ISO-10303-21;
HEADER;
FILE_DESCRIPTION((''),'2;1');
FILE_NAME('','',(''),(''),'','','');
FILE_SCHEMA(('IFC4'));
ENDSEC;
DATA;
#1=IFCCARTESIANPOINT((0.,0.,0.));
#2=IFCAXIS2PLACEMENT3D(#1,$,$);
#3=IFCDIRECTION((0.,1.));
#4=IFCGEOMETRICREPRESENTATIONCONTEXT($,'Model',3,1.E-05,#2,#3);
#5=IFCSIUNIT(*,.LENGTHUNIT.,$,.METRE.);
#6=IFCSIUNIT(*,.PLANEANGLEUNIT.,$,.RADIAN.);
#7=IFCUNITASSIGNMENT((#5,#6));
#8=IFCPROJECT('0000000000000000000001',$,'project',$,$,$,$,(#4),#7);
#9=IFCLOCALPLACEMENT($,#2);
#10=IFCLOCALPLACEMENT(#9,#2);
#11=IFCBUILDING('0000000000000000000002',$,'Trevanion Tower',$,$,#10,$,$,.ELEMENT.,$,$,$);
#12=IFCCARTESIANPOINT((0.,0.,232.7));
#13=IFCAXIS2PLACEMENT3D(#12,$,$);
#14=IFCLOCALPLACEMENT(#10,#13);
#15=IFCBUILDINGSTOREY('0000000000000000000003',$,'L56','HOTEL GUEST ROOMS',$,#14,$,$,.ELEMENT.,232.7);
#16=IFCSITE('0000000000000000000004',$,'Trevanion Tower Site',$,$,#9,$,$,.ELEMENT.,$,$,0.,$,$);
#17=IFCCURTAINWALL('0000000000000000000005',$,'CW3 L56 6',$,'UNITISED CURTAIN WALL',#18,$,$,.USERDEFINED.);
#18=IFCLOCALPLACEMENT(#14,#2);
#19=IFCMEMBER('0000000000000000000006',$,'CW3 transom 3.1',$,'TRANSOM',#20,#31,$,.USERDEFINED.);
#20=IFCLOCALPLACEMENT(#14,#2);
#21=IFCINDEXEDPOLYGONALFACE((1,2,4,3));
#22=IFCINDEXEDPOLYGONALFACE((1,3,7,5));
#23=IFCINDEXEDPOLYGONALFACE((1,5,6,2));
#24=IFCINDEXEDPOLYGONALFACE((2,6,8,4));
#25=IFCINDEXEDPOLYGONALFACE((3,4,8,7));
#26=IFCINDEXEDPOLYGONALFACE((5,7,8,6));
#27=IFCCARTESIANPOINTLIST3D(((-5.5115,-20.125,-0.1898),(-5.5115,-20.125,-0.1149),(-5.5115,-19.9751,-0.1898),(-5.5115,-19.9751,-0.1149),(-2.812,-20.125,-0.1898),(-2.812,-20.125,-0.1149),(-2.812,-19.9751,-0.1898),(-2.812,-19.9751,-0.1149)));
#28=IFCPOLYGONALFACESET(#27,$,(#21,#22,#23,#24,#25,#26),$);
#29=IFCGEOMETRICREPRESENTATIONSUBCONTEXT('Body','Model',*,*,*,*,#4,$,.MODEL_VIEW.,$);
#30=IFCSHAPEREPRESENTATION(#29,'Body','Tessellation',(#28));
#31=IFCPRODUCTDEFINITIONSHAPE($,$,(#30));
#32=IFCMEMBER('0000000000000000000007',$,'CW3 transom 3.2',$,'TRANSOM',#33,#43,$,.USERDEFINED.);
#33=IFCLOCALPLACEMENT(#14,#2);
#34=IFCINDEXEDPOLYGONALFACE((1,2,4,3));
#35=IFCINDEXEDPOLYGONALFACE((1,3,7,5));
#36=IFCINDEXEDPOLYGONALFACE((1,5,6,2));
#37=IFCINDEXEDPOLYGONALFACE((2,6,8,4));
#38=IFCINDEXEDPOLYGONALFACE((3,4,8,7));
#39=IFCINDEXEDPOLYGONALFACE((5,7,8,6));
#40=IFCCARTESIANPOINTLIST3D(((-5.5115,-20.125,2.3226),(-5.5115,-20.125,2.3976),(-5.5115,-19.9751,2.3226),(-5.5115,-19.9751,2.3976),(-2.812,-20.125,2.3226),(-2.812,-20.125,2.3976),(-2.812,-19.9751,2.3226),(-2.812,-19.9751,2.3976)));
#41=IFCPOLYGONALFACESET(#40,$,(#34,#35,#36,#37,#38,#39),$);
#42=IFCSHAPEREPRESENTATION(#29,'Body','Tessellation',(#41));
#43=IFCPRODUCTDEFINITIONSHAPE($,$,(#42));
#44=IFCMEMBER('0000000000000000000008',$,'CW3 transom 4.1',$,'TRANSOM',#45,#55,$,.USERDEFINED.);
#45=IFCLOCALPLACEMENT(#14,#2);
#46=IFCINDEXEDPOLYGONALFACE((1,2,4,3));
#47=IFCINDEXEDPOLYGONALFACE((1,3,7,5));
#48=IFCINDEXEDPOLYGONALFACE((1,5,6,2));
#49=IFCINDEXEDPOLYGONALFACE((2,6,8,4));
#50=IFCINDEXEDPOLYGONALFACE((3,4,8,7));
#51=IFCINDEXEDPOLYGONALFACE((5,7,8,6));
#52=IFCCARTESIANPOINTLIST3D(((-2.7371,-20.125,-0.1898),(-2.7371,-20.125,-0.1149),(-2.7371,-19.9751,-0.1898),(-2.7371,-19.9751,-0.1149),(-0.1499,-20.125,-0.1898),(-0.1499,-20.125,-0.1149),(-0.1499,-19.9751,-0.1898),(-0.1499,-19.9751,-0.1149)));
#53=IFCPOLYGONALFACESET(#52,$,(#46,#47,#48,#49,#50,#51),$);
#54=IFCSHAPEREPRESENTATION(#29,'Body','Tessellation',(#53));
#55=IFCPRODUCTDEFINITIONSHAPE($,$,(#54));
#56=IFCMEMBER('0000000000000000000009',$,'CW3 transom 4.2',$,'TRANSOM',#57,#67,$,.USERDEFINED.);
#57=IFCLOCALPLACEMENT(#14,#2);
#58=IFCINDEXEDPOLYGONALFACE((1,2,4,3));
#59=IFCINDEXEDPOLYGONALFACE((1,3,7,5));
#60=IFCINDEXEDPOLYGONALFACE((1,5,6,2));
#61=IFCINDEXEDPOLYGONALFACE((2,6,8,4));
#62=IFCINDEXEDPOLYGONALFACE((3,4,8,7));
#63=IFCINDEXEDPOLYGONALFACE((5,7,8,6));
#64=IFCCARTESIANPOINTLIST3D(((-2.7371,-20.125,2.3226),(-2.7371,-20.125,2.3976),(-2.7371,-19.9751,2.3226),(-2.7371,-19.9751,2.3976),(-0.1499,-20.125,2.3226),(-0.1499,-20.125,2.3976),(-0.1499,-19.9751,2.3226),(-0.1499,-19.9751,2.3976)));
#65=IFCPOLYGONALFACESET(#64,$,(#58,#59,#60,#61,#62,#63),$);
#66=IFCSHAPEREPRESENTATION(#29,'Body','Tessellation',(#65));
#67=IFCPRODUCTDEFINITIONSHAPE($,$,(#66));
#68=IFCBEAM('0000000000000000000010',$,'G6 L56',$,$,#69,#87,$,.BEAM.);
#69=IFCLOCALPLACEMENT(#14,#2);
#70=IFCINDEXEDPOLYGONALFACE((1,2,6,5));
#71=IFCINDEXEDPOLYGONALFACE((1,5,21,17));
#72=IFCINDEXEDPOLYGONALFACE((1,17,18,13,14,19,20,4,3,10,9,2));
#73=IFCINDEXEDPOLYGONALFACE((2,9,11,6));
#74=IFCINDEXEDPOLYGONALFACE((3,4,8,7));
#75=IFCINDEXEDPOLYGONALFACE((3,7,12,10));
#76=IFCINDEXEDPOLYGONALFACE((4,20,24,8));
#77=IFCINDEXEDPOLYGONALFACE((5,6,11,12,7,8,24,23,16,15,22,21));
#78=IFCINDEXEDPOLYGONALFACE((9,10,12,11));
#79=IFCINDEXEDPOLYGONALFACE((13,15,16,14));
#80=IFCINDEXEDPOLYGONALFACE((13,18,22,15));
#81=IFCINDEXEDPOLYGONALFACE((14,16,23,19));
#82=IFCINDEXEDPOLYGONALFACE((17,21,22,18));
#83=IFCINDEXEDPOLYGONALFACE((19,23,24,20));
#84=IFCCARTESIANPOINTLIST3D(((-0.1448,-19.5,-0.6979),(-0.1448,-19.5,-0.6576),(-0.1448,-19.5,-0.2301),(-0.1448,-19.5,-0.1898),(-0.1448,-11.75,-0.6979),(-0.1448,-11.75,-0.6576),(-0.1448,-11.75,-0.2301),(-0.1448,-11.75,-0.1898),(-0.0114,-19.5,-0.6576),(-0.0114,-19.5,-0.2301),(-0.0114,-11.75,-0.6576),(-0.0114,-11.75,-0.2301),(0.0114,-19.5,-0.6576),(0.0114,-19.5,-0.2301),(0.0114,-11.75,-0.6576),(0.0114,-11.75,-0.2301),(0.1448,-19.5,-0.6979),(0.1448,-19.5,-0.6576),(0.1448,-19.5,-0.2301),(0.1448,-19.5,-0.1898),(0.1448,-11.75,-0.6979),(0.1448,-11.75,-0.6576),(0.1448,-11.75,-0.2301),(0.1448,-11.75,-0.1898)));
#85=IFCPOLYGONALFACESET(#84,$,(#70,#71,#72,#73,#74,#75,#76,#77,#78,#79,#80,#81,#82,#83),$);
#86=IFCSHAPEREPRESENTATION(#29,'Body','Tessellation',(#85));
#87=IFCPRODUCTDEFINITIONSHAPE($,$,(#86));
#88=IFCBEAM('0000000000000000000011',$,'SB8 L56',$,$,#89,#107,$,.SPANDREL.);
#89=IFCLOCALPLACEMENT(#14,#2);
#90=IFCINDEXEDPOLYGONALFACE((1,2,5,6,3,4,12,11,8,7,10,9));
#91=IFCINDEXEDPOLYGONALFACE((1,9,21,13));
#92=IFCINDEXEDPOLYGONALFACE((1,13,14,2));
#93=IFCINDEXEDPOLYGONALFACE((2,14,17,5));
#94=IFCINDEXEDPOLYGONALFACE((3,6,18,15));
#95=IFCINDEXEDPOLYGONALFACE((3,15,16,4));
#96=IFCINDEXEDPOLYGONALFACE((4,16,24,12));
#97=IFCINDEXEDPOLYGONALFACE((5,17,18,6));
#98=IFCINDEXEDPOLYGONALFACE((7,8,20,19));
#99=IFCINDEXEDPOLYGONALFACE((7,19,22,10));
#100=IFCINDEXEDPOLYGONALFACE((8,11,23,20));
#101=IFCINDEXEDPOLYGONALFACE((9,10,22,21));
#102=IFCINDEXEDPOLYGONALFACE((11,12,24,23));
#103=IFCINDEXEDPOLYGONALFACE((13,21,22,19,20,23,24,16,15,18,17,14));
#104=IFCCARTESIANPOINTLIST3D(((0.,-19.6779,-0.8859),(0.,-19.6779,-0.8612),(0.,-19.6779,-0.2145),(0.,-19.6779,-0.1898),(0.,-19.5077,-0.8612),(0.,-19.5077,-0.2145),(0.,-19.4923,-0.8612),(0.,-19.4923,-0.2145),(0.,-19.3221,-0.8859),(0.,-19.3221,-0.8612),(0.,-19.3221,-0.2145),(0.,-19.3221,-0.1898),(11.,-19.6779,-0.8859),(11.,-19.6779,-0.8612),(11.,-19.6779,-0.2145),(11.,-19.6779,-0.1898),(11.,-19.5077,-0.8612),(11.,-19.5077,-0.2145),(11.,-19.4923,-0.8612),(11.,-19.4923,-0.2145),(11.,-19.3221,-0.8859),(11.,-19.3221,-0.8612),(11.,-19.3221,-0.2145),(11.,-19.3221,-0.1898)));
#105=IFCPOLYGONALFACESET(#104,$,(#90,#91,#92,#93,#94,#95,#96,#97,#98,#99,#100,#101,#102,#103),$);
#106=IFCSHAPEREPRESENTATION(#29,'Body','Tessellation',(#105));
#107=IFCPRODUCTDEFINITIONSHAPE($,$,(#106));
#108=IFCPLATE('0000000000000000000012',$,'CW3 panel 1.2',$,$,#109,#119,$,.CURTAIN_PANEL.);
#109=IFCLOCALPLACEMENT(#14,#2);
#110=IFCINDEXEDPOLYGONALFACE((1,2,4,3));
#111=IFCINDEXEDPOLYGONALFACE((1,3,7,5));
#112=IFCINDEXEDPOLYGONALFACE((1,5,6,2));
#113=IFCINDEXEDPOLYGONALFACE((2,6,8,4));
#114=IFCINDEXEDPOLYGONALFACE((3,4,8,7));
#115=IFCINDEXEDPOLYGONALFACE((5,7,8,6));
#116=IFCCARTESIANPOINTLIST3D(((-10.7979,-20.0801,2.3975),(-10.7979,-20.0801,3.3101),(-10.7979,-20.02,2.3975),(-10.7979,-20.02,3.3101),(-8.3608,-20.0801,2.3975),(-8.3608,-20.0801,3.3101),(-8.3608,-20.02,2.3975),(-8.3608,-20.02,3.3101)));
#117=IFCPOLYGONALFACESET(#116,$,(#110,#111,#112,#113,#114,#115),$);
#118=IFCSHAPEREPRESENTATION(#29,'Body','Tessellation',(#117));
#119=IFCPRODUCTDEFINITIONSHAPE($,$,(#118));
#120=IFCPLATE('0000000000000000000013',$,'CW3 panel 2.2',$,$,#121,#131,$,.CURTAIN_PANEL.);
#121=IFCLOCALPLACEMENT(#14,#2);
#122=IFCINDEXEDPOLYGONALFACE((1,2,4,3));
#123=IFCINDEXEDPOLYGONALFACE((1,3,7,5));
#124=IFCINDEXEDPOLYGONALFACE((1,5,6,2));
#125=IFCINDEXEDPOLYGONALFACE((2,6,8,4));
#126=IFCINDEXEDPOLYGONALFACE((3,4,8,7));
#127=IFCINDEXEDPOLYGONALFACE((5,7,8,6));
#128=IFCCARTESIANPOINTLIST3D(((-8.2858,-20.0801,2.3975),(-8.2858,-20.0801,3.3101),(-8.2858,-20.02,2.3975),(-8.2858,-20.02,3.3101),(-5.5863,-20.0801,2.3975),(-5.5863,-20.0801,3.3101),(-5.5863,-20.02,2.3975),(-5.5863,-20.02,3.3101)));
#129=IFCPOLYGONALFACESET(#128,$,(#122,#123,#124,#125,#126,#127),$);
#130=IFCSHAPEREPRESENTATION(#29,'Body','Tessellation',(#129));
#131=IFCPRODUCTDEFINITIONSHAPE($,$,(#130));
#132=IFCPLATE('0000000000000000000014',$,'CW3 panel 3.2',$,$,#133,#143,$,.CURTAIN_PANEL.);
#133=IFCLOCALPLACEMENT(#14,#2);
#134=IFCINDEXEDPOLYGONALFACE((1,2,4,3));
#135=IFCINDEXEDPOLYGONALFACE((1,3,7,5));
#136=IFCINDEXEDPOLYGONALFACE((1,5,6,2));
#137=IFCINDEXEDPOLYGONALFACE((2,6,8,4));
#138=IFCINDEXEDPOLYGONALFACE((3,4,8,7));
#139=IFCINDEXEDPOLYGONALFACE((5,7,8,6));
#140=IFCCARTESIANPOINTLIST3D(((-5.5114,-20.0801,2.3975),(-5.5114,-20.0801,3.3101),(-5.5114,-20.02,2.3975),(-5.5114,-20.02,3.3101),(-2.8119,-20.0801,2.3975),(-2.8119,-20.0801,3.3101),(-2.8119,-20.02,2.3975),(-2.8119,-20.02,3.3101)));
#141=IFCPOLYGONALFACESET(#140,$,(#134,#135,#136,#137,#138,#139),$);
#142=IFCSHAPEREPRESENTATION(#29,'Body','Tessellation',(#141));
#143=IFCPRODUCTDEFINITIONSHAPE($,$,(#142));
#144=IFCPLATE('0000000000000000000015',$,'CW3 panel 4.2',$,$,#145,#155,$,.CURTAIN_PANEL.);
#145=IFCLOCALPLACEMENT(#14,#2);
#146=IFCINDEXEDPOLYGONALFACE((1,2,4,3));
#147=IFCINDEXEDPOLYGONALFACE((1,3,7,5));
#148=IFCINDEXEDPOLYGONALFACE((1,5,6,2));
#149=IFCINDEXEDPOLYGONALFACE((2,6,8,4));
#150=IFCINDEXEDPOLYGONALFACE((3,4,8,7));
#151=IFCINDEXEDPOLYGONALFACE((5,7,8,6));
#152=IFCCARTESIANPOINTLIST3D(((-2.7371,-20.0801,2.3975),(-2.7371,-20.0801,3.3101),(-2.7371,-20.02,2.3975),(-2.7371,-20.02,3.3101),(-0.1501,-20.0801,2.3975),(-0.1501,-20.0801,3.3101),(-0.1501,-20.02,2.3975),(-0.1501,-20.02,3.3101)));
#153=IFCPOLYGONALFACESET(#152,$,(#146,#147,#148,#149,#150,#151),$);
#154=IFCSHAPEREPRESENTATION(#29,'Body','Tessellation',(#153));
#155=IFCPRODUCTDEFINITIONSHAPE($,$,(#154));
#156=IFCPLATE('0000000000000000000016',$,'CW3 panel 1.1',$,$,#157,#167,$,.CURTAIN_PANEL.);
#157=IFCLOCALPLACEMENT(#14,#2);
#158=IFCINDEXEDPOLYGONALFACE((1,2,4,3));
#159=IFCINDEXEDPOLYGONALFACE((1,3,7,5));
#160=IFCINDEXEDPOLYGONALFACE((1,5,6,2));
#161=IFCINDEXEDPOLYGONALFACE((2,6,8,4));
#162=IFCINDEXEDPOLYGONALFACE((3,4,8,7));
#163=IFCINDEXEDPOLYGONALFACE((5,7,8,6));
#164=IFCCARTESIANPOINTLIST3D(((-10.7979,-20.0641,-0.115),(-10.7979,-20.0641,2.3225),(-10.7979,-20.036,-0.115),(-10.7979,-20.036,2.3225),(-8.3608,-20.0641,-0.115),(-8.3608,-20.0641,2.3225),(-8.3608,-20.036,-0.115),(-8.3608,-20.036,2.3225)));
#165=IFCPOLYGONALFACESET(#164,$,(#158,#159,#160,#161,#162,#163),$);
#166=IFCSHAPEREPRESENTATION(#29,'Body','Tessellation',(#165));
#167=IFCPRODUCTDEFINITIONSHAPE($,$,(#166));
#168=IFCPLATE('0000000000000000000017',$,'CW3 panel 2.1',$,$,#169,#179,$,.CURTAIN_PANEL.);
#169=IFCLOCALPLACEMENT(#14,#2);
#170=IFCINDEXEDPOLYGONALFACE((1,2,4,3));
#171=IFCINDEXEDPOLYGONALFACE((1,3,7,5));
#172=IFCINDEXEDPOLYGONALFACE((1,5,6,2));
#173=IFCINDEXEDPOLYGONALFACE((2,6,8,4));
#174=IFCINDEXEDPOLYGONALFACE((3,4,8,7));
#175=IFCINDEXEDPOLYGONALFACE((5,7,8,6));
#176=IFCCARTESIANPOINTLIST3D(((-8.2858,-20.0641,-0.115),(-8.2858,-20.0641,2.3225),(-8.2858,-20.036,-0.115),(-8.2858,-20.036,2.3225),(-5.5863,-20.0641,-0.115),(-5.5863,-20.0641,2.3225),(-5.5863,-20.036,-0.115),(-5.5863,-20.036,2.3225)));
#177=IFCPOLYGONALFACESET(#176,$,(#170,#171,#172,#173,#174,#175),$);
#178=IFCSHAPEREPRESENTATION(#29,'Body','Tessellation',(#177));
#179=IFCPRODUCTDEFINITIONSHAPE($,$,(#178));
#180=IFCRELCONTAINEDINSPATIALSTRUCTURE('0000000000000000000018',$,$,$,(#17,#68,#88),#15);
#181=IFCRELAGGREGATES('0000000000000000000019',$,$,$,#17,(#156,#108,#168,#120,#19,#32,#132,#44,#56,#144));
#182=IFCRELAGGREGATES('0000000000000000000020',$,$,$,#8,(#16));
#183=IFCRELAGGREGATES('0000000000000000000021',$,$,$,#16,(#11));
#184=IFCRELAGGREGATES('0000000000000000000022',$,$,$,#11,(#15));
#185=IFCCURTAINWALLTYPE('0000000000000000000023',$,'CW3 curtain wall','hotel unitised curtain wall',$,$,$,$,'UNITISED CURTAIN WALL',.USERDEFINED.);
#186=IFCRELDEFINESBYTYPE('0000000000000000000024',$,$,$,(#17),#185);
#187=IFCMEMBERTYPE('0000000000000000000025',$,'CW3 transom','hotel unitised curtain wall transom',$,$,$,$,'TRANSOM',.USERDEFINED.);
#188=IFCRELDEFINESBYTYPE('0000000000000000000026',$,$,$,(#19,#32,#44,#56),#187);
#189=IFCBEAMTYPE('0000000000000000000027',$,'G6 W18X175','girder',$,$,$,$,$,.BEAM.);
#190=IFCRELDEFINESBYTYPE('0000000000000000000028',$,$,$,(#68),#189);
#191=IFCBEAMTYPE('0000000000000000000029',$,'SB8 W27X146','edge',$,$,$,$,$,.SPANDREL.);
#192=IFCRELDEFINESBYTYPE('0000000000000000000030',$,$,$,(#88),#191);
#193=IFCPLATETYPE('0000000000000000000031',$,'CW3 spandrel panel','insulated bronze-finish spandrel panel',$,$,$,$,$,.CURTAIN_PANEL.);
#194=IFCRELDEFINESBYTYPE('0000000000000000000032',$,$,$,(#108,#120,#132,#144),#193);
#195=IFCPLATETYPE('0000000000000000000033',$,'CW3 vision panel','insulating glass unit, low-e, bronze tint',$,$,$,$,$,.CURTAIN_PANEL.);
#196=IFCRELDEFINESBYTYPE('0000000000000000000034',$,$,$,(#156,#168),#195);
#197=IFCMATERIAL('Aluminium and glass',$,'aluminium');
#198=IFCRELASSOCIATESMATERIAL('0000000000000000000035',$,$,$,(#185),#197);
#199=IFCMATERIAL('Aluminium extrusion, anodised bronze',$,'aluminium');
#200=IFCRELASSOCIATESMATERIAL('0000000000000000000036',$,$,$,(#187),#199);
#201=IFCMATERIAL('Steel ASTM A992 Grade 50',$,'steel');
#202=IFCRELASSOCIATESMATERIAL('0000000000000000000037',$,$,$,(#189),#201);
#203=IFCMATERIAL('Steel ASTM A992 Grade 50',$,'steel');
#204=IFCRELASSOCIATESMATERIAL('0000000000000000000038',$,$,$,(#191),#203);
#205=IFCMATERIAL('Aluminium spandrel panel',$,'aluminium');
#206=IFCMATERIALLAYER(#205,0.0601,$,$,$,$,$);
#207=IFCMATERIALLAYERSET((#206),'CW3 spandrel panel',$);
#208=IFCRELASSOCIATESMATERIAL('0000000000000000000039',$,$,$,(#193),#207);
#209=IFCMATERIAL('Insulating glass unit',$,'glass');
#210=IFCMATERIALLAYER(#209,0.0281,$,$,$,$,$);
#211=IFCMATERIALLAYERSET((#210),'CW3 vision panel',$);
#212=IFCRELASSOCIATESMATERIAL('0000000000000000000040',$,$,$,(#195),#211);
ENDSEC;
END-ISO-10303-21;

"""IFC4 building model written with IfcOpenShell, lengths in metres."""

from ifc_helpers import new_model, si_unit, direction, frame, origin, origin_2d, place, context, subcontext, project, spatial, rectangle, i_section, extrude, material, layer, layer_set, material_profile, profile_set, type_object, element, aggregate, save


model = new_model("IFC4")

# Units and contexts
model_context = context("Model", 3, precision=1e-05, world=origin(), true_north=direction((0.0, 1.0)))
body_context = subcontext(model_context, "Body", "Model", "MODEL_VIEW")
ifc_project = project(units=[si_unit("LENGTHUNIT", "METRE"), si_unit("PLANEANGLEUNIT", "RADIAN")], contexts=[model_context])

# Site, building, storey
site_placement = place(None, origin())
site = spatial("IfcSite", under=ifc_project, at=site_placement, Name="Trevanion Tower Site", CompositionType="ELEMENT", RefElevation=0.0)
building_placement = place(site_placement, origin())
building = spatial("IfcBuilding", under=site, at=building_placement, Name="Trevanion Tower", CompositionType="ELEMENT")
storey_placement = place(building_placement, frame((0.0, 0.0, 232.7)))
storey = spatial("IfcBuildingStorey", under=building, at=storey_placement, Name="L56", Description="HOTEL GUEST ROOMS", CompositionType="ELEMENT", Elevation=232.7)

# Curtain wall, members
ifc_material_1 = material(Name="Aluminium and glass", Category="aluminium")
curtain_wall_type = type_object("IfcCurtainWallType", Name="CW3 curtain wall", Description="hotel unitised curtain wall", ElementType="UNITISED CURTAIN WALL", PredefinedType="USERDEFINED", material=ifc_material_1)
curtain_wall_placement = place(storey_placement, origin())
curtain_wall = element("IfcCurtainWall", 1, at=curtain_wall_placement, inside=storey, type_object=curtain_wall_type, Name="CW3 L56 6", ObjectType="UNITISED CURTAIN WALL", PredefinedType="USERDEFINED")
ifc_material_2 = material(Name="Aluminium extrusion, anodised bronze", Category="aluminium")
ifc_material_profile_1 = material_profile(ifc_material_2, rectangle(XDim=0.1499, YDim=0.075, at=origin_2d()), Name="CW3 transom")
ifc_profile_set_1 = profile_set([ifc_material_profile_1], Name="Aluminium extrusion, anodised bronze")
member_type_1 = type_object("IfcMemberType", Name="CW3 transom", Description="hotel unitised curtain wall transom", ElementType="TRANSOM", PredefinedType="USERDEFINED", material=ifc_profile_set_1)
member_1_placement = place(storey_placement, frame((-5.5115, -20.05, -0.1523), z_axis=(1.0, 0.0, 0.0), x_axis=(0.0, 1.0, 0.0)))
member_1 = element("IfcMember", 2, at=member_1_placement, type_object=member_type_1, Name="CW3 transom 3.1", ObjectType="TRANSOM", PredefinedType="USERDEFINED", context=body_context, shape_type="SweptSolid", body=[
    extrude(rectangle(XDim=0.1499, YDim=0.075, at=origin_2d()), origin(), (0.0, 0.0, 1.0), 2.6995),
])
member_2_placement = place(storey_placement, frame((-5.5115, -20.05, 2.3601), z_axis=(1.0, 0.0, 0.0), x_axis=(0.0, 1.0, 0.0)))
member_2 = element("IfcMember", 3, at=member_2_placement, type_object=member_type_1, Name="CW3 transom 3.2", ObjectType="TRANSOM", PredefinedType="USERDEFINED", context=body_context, shape_type="SweptSolid", body=[
    extrude(rectangle(XDim=0.1499, YDim=0.075, at=origin_2d()), origin(), (0.0, 0.0, 1.0), 2.6995),
])
member_3_placement = place(storey_placement, frame((-2.7371, -20.05, -0.1523), z_axis=(1.0, 0.0, 0.0), x_axis=(0.0, 1.0, 0.0)))
member_3 = element("IfcMember", 4, at=member_3_placement, type_object=member_type_1, Name="CW3 transom 4.1", ObjectType="TRANSOM", PredefinedType="USERDEFINED", context=body_context, shape_type="SweptSolid", body=[
    extrude(rectangle(XDim=0.1499, YDim=0.075, at=origin_2d()), origin(), (0.0, 0.0, 1.0), 2.5872),
])
member_4_placement = place(storey_placement, frame((-2.7371, -20.05, 2.3601), z_axis=(1.0, 0.0, 0.0), x_axis=(0.0, 1.0, 0.0)))
member_4 = element("IfcMember", 5, at=member_4_placement, type_object=member_type_1, Name="CW3 transom 4.2", ObjectType="TRANSOM", PredefinedType="USERDEFINED", context=body_context, shape_type="SweptSolid", body=[
    extrude(rectangle(XDim=0.1499, YDim=0.075, at=origin_2d()), origin(), (0.0, 0.0, 1.0), 2.5872),
])

# Beams
ifc_material_3 = material(Name="Steel ASTM A992 Grade 50", Category="steel")
ifc_material_profile_2 = material_profile(ifc_material_3, i_section(OverallWidth=0.2896, OverallDepth=0.5081, WebThickness=0.0227, FlangeThickness=0.0403, at=origin_2d()), Name="W18X175")
ifc_profile_set_2 = profile_set([ifc_material_profile_2], Name="Steel ASTM A992 Grade 50")
beam_type_1 = type_object("IfcBeamType", Name="G6 W18X175", Description="girder", PredefinedType="BEAM", material=ifc_profile_set_2)
beam_1_placement = place(storey_placement, frame((0.0, -11.75, -0.4438), z_axis=(0.0, -1.0, 0.0), x_axis=(1.0, 0.0, 0.0)))
element("IfcBeam", 6, at=beam_1_placement, inside=storey, type_object=beam_type_1, Name="G6 L56", PredefinedType="BEAM", context=body_context, shape_type="SweptSolid", body=[
    extrude(i_section(OverallWidth=0.2896, OverallDepth=0.5081, WebThickness=0.0227, FlangeThickness=0.0403, at=origin_2d()), origin(), (0.0, 0.0, 1.0), 7.75),
])
ifc_material_4 = material(Name="Steel ASTM A992 Grade 50", Category="steel")
ifc_material_profile_3 = material_profile(ifc_material_4, i_section(OverallWidth=0.3557, OverallDepth=0.696, WebThickness=0.0154, FlangeThickness=0.0247, at=origin_2d()), Name="W27X146")
ifc_profile_set_3 = profile_set([ifc_material_profile_3], Name="Steel ASTM A992 Grade 50")
beam_type_2 = type_object("IfcBeamType", Name="SB8 W27X146", Description="edge", PredefinedType="SPANDREL", material=ifc_profile_set_3)
beam_2_placement = place(storey_placement, frame((0.0, -19.5, -0.5378), z_axis=(1.0, 0.0, 0.0), x_axis=(0.0, 1.0, 0.0)))
element("IfcBeam", 7, at=beam_2_placement, inside=storey, type_object=beam_type_2, Name="SB8 L56", PredefinedType="SPANDREL", context=body_context, shape_type="SweptSolid", body=[
    extrude(i_section(OverallWidth=0.3557, OverallDepth=0.696, WebThickness=0.0154, FlangeThickness=0.0247, at=origin_2d()), origin(), (0.0, 0.0, 1.0), 11.0),
])

# Plates
ifc_material_5 = material(Name="Aluminium spandrel panel", Category="aluminium")
ifc_layer_1 = layer(ifc_material_5, 0.0601)
ifc_layer_set_1 = layer_set([ifc_layer_1], Name="CW3 spandrel panel")
plate_type_1 = type_object("IfcPlateType", Name="CW3 spandrel panel", Description="insulated bronze-finish spandrel panel", PredefinedType="CURTAIN_PANEL", material=ifc_layer_set_1)
plate_1_placement = place(storey_placement, frame((-9.5793, -20.05, 2.3975), z_axis=(0.0, 0.0, 1.0), x_axis=(1.0, 0.0, 0.0)))
plate_1 = element("IfcPlate", 8, at=plate_1_placement, type_object=plate_type_1, Name="CW3 panel 1.2", PredefinedType="CURTAIN_PANEL", context=body_context, shape_type="SweptSolid", body=[
    extrude(rectangle(XDim=2.437, YDim=0.0601, at=origin_2d()), origin(), (0.0, 0.0, 1.0), 0.9126),
])
plate_2_placement = place(storey_placement, frame((-6.936, -20.05, 2.3975), z_axis=(0.0, 0.0, 1.0), x_axis=(1.0, 0.0, 0.0)))
plate_2 = element("IfcPlate", 9, at=plate_2_placement, type_object=plate_type_1, Name="CW3 panel 2.2", PredefinedType="CURTAIN_PANEL", context=body_context, shape_type="SweptSolid", body=[
    extrude(rectangle(XDim=2.6995, YDim=0.0601, at=origin_2d()), origin(), (0.0, 0.0, 1.0), 0.9126),
])
plate_3_placement = place(storey_placement, frame((-4.1616, -20.05, 2.3975), z_axis=(0.0, 0.0, 1.0), x_axis=(1.0, 0.0, 0.0)))
plate_3 = element("IfcPlate", 10, at=plate_3_placement, type_object=plate_type_1, Name="CW3 panel 3.2", PredefinedType="CURTAIN_PANEL", context=body_context, shape_type="SweptSolid", body=[
    extrude(rectangle(XDim=2.6995, YDim=0.0601, at=origin_2d()), origin(), (0.0, 0.0, 1.0), 0.9126),
])
plate_4_placement = place(storey_placement, frame((-1.4436, -20.05, 2.3975), z_axis=(0.0, 0.0, 1.0), x_axis=(1.0, 0.0, 0.0)))
plate_4 = element("IfcPlate", 11, at=plate_4_placement, type_object=plate_type_1, Name="CW3 panel 4.2", PredefinedType="CURTAIN_PANEL", context=body_context, shape_type="SweptSolid", body=[
    extrude(rectangle(XDim=2.5869, YDim=0.0601, at=origin_2d()), origin(), (0.0, 0.0, 1.0), 0.9126),
])
ifc_material_6 = material(Name="Insulating glass unit", Category="glass")
ifc_layer_2 = layer(ifc_material_6, 0.0281)
ifc_layer_set_2 = layer_set([ifc_layer_2], Name="CW3 vision panel")
plate_type_2 = type_object("IfcPlateType", Name="CW3 vision panel", Description="insulating glass unit, low-e, bronze tint", PredefinedType="CURTAIN_PANEL", material=ifc_layer_set_2)
plate_5_placement = place(storey_placement, frame((-9.5793, -20.05, -0.115), z_axis=(0.0, 0.0, 1.0), x_axis=(1.0, 0.0, 0.0)))
plate_5 = element("IfcPlate", 12, at=plate_5_placement, type_object=plate_type_2, Name="CW3 panel 1.1", PredefinedType="CURTAIN_PANEL", context=body_context, shape_type="SweptSolid", body=[
    extrude(rectangle(XDim=2.437, YDim=0.0281, at=origin_2d()), origin(), (0.0, 0.0, 1.0), 2.4375),
])
plate_6_placement = place(storey_placement, frame((-6.936, -20.05, -0.115), z_axis=(0.0, 0.0, 1.0), x_axis=(1.0, 0.0, 0.0)))
plate_6 = element("IfcPlate", 13, at=plate_6_placement, type_object=plate_type_2, Name="CW3 panel 2.1", PredefinedType="CURTAIN_PANEL", context=body_context, shape_type="SweptSolid", body=[
    extrude(rectangle(XDim=2.6995, YDim=0.0281, at=origin_2d()), origin(), (0.0, 0.0, 1.0), 2.4375),
])
aggregate(curtain_wall, [plate_5, plate_1, plate_6, plate_2, member_1, member_2, plate_3, member_3, member_4, plate_4])

save(model, "model.ifc")
